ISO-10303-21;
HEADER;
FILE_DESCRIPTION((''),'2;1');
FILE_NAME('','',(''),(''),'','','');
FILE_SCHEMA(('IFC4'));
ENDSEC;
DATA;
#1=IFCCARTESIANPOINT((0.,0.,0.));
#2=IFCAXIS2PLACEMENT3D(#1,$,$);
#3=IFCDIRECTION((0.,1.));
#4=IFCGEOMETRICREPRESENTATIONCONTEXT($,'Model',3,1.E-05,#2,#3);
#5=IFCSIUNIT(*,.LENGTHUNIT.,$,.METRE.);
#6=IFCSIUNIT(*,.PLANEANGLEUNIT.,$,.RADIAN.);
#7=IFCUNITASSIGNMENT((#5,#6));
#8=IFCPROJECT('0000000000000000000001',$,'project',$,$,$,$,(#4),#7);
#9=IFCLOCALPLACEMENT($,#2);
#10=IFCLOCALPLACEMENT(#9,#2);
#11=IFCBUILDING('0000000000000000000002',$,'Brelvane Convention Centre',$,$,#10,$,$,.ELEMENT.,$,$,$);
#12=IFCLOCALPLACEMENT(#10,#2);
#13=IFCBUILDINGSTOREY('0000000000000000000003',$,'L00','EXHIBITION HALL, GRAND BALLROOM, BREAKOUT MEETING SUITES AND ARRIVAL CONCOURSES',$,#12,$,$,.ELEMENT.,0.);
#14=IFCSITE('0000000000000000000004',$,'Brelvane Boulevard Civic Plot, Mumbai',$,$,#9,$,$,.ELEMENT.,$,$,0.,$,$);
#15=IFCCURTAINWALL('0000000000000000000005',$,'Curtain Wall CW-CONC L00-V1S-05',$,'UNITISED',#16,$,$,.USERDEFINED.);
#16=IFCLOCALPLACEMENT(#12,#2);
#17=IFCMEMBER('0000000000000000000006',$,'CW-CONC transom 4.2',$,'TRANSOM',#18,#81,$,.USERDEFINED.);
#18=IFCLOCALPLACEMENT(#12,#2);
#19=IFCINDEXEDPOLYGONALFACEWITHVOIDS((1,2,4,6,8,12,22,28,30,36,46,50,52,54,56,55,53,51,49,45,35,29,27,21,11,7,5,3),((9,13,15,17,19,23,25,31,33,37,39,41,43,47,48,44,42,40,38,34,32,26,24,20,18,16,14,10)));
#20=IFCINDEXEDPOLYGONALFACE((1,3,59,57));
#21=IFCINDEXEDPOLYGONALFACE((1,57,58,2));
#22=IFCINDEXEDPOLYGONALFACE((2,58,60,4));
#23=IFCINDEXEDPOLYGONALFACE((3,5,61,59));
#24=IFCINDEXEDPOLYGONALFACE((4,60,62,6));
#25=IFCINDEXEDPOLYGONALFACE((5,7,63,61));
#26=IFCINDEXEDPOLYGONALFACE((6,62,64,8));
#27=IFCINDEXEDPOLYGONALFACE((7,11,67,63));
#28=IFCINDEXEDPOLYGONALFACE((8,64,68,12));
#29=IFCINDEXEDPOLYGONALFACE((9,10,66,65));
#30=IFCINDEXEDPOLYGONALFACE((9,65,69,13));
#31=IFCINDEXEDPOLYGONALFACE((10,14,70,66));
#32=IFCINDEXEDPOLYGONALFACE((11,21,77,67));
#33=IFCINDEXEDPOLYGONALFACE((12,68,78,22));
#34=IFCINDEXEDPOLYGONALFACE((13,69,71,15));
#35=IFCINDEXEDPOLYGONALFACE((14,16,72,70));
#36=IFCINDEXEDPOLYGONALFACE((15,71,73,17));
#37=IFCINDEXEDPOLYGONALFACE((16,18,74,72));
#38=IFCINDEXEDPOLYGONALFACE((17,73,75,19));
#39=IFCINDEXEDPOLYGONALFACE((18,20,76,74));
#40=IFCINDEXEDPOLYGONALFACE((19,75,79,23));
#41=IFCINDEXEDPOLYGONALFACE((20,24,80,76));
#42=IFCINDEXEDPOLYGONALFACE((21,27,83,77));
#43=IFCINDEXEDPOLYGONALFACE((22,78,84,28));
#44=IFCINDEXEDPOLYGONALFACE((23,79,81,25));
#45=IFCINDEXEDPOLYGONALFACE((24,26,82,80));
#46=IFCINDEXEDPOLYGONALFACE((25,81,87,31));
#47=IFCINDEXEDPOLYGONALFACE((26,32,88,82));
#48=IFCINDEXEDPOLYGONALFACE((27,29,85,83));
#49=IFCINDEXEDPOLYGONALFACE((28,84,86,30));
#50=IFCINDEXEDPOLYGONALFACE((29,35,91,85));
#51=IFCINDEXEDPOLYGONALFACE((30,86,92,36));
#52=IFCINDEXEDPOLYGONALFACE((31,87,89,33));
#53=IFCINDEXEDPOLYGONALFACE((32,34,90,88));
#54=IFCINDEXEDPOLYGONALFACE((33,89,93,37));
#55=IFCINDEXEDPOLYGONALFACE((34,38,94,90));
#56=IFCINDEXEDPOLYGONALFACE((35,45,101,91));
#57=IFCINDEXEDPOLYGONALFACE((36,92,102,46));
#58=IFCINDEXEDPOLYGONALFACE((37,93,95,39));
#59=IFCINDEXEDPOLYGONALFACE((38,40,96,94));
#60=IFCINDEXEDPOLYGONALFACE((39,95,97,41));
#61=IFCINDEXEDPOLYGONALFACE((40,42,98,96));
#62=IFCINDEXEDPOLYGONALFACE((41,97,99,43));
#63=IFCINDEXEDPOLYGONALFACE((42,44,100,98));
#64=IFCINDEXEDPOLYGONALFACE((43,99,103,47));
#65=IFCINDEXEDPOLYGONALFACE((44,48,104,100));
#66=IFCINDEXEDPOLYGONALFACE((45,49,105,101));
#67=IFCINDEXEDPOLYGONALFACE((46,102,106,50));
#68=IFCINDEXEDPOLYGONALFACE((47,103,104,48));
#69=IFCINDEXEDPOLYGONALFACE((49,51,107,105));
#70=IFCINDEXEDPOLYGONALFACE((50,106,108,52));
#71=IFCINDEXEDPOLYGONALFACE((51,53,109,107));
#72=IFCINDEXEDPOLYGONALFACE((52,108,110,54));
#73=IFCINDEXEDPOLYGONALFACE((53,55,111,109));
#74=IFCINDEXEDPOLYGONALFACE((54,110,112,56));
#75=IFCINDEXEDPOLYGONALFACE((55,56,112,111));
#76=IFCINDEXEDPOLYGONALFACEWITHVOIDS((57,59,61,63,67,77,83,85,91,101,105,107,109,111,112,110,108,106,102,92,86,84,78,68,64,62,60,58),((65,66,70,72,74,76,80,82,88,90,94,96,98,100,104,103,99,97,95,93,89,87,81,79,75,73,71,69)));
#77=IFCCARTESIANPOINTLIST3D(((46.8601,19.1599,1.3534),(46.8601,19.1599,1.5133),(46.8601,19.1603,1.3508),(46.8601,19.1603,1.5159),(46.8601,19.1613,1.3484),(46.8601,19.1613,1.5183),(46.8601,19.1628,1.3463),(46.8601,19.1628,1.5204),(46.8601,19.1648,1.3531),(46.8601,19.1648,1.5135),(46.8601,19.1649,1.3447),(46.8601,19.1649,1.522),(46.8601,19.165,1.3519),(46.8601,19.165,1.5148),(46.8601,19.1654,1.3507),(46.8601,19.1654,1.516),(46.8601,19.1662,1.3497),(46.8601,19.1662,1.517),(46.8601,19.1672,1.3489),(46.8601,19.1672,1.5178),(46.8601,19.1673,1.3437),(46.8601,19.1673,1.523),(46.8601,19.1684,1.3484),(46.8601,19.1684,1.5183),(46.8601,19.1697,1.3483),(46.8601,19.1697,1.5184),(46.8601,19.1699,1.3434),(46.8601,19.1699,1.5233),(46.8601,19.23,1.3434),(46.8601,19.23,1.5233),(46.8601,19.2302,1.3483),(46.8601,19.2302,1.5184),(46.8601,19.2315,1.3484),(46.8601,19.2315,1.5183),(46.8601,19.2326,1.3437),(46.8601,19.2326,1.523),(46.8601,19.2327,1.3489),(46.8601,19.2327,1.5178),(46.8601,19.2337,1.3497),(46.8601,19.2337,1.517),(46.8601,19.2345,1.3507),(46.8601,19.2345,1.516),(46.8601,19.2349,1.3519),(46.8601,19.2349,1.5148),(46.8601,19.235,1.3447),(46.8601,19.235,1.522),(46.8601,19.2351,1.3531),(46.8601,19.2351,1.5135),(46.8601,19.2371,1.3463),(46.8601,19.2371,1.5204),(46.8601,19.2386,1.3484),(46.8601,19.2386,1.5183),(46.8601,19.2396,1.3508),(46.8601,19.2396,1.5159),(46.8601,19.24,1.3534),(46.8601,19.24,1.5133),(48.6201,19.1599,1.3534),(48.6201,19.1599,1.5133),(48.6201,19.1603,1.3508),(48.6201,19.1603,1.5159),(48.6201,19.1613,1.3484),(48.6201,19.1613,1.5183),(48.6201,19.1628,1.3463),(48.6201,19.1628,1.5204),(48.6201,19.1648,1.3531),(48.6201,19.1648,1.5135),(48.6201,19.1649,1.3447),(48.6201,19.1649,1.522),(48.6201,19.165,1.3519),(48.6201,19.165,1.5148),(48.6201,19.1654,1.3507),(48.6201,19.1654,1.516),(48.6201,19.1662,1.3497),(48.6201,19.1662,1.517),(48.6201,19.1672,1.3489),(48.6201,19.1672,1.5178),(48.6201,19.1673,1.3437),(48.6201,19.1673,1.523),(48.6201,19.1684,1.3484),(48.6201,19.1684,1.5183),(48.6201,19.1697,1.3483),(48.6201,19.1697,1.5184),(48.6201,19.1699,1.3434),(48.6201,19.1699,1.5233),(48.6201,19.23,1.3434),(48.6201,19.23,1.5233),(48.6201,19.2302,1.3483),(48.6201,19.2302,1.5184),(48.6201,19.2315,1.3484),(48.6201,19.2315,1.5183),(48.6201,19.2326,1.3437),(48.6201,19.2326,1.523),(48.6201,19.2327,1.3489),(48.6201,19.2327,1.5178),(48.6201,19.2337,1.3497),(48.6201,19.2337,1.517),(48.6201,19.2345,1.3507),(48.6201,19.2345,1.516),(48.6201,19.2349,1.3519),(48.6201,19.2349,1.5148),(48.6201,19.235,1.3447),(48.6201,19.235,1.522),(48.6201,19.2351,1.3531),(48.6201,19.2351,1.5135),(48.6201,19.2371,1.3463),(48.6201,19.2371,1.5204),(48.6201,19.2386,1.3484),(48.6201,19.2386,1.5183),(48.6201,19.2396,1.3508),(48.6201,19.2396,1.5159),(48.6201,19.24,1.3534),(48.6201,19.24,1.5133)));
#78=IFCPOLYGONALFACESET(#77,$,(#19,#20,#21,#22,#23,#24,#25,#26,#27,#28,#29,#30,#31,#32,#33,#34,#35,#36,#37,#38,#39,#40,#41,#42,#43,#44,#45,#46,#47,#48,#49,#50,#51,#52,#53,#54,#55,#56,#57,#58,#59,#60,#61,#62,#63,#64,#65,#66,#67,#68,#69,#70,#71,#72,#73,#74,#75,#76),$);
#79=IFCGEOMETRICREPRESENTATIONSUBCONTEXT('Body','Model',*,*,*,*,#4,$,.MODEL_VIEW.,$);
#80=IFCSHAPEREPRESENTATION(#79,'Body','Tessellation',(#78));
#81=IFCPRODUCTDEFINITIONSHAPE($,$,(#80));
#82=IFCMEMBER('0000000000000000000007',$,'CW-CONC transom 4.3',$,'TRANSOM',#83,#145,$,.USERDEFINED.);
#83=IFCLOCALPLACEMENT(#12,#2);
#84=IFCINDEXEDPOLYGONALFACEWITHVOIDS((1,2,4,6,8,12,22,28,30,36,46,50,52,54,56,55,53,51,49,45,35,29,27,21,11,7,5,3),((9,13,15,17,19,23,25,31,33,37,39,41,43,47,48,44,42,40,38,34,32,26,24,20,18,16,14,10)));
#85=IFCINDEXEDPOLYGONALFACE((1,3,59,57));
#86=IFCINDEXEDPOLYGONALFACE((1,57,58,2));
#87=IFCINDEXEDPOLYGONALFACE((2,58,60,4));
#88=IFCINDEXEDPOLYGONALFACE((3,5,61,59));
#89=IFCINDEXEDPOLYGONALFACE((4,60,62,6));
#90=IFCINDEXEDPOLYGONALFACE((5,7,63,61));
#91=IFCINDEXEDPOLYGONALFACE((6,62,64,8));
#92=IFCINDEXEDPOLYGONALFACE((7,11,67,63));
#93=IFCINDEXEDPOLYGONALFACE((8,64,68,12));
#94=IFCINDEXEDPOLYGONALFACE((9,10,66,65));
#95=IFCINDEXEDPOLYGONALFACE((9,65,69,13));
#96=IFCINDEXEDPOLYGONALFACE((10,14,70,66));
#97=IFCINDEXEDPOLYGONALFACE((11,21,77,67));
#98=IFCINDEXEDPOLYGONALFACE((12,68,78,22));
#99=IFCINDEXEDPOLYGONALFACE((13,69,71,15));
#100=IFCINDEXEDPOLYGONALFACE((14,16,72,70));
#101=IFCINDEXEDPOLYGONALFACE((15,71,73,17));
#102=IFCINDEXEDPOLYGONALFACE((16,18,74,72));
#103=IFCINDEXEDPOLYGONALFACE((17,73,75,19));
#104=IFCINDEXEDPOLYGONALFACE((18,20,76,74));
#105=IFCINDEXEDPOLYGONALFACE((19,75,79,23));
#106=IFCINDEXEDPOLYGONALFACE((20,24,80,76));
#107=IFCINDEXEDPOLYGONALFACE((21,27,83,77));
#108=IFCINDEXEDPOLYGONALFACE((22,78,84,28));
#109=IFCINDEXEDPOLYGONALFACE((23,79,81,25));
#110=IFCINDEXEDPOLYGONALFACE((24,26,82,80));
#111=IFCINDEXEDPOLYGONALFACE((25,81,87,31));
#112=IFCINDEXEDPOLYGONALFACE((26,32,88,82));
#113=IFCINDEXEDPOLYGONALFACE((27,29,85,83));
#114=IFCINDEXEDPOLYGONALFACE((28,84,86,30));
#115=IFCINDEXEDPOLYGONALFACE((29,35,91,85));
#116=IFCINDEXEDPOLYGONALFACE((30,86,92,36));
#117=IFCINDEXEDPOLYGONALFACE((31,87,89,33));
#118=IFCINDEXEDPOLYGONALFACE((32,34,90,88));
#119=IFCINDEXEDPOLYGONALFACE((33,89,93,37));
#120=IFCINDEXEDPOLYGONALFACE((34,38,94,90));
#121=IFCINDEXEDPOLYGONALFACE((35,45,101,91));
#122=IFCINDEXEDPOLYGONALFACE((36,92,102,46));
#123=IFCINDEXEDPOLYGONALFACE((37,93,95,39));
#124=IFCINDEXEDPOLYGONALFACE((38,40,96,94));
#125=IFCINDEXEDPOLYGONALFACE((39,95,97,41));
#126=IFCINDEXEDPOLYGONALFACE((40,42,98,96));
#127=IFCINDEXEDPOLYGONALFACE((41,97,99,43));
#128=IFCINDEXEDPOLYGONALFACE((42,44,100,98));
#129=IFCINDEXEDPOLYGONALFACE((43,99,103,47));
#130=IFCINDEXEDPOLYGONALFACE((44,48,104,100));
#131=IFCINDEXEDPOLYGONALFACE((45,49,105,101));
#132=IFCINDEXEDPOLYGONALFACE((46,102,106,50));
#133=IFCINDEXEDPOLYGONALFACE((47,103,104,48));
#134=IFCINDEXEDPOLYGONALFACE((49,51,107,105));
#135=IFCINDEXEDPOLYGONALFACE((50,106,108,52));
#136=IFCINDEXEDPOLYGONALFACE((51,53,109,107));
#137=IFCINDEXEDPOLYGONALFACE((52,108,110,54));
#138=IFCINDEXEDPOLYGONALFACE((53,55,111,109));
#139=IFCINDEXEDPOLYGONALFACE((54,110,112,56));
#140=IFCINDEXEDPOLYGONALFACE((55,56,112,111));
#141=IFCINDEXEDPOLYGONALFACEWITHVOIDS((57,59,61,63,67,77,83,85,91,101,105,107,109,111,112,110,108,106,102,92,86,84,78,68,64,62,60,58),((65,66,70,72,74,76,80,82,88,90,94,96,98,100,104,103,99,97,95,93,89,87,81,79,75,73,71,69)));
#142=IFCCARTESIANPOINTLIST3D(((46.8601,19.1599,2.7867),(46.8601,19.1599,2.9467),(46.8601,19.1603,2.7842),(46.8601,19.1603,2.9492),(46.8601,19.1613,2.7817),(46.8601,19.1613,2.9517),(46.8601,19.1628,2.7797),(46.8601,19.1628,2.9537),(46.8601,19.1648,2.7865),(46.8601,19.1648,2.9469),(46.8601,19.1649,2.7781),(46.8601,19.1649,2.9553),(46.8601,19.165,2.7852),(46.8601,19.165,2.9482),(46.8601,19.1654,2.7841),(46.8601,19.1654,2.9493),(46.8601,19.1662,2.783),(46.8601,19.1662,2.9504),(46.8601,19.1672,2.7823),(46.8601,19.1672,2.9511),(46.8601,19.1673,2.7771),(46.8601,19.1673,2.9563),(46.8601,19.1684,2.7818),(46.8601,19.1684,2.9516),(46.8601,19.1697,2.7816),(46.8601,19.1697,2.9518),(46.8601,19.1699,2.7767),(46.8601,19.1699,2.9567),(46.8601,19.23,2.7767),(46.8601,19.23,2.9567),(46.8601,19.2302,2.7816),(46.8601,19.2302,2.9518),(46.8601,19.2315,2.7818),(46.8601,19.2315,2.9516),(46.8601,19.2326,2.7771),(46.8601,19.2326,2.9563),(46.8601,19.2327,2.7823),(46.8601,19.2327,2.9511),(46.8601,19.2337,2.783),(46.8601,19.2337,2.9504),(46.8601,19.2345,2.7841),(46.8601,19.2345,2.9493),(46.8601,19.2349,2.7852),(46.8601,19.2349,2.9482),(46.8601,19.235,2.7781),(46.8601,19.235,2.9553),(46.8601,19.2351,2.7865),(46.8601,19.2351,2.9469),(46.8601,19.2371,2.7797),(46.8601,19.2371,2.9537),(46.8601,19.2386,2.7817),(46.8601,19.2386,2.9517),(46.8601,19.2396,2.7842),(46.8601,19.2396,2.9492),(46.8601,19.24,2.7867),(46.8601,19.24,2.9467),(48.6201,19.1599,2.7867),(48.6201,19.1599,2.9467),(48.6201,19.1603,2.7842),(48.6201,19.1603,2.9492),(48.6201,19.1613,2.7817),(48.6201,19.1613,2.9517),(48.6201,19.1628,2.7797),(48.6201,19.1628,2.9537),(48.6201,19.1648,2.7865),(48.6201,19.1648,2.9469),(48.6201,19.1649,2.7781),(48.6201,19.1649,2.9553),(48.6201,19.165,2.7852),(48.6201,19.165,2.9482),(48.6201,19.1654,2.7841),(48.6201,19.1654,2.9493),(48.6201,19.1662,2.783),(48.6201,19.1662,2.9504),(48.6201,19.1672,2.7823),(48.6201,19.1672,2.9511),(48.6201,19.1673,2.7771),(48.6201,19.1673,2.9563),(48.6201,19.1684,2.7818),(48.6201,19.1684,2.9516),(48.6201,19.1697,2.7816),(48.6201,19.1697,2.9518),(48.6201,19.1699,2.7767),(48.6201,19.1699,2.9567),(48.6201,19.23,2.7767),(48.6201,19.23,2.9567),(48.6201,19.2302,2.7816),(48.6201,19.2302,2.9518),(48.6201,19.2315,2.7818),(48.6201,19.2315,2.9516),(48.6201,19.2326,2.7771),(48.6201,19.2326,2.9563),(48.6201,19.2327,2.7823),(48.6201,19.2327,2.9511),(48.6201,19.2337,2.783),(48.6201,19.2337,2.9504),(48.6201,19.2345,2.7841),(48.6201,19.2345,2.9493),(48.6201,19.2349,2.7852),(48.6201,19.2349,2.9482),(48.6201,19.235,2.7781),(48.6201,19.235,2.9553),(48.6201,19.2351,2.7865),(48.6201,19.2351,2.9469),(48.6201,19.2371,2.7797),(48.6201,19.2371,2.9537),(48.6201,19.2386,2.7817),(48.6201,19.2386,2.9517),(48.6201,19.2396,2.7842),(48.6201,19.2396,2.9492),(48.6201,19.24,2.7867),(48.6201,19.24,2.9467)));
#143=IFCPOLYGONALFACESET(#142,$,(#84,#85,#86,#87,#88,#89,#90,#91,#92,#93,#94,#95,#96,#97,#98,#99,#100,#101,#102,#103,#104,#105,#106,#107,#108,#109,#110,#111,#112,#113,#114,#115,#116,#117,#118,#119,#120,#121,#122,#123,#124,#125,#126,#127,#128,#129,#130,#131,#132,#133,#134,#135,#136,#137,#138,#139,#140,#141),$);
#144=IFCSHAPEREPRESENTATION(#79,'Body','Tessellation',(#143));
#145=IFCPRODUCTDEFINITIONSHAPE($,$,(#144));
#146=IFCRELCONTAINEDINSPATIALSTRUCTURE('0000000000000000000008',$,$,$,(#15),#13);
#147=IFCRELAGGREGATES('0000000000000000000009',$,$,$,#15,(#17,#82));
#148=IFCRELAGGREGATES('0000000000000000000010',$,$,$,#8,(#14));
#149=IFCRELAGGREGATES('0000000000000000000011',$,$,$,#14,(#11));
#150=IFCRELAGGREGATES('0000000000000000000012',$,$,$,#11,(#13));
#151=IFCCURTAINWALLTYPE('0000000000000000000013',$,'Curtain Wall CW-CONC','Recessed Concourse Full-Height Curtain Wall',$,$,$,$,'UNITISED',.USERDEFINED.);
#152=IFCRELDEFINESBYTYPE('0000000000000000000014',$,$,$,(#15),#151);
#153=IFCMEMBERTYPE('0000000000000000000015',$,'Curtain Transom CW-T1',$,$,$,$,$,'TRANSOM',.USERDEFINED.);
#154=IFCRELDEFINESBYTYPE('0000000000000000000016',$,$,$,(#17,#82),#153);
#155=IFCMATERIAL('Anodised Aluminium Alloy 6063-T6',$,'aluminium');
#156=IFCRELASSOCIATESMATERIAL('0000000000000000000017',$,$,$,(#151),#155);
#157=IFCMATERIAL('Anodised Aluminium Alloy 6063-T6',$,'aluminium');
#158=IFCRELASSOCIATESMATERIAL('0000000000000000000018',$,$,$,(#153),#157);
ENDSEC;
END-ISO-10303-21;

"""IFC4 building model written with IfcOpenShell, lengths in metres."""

from ifc_helpers import new_model, si_unit, direction, frame, origin, origin_2d, place, context, subcontext, project, spatial, hollow_rectangle, extrude, material, material_profile, profile_set, type_object, element, aggregate, save


model = new_model("IFC4")

# Units and contexts
model_context = context("Model", 3, precision=1e-05, world=origin(), true_north=direction((0.0, 1.0)))
body_context = subcontext(model_context, "Body", "Model", "MODEL_VIEW")
ifc_project = project(units=[si_unit("LENGTHUNIT", "METRE"), si_unit("PLANEANGLEUNIT", "RADIAN")], contexts=[model_context])

# Site, building, storey
site_placement = place(None, origin())
site = spatial("IfcSite", under=ifc_project, at=site_placement, Name="Brelvane Boulevard Civic Plot, Mumbai", CompositionType="ELEMENT", RefElevation=0.0)
building_placement = place(site_placement, origin())
building = spatial("IfcBuilding", under=site, at=building_placement, Name="Brelvane Convention Centre", CompositionType="ELEMENT")
storey_placement = place(building_placement, origin())
storey = spatial("IfcBuildingStorey", under=building, at=storey_placement, Name="L00", Description="EXHIBITION HALL, GRAND BALLROOM, BREAKOUT MEETING SUITES AND ARRIVAL CONCOURSES", CompositionType="ELEMENT", Elevation=0.0)

# Curtain wall, members
ifc_material_1 = material(Name="Anodised Aluminium Alloy 6063-T6", Category="aluminium")
curtain_wall_type = type_object("IfcCurtainWallType", Name="Curtain Wall CW-CONC", Description="Recessed Concourse Full-Height Curtain Wall", ElementType="UNITISED", PredefinedType="USERDEFINED", material=ifc_material_1)
curtain_wall_placement = place(storey_placement, origin())
curtain_wall = element("IfcCurtainWall", 1, at=curtain_wall_placement, inside=storey, type_object=curtain_wall_type, Name="Curtain Wall CW-CONC L00-V1S-05", ObjectType="UNITISED", PredefinedType="USERDEFINED")
ifc_material_2 = material(Name="Anodised Aluminium Alloy 6063-T6", Category="aluminium")
ifc_material_profile_1 = material_profile(ifc_material_2, hollow_rectangle(XDim=0.0801, YDim=0.1799, WallThickness=0.0049, InnerFilletRadius=0.0049, OuterFilletRadius=0.01, at=origin_2d()), Name="ALU-T 180x80x5.0")
ifc_profile_set_1 = profile_set([ifc_material_profile_1], Name="Anodised Aluminium Alloy 6063-T6")
member_type_1 = type_object("IfcMemberType", Name="Curtain Transom CW-T1", ElementType="TRANSOM", PredefinedType="USERDEFINED", material=ifc_profile_set_1)
member_1_placement = place(storey_placement, frame((46.8601, 19.2, 1.4333), z_axis=(1.0, 0.0, 0.0), x_axis=(0.0, 1.0, 0.0)))
member_1 = element("IfcMember", 2, at=member_1_placement, type_object=member_type_1, Name="CW-CONC transom 4.2", ObjectType="TRANSOM", PredefinedType="USERDEFINED", context=body_context, shape_type="SweptSolid", body=[
    extrude(hollow_rectangle(XDim=0.0801, YDim=0.1799, WallThickness=0.0049, InnerFilletRadius=0.0049, OuterFilletRadius=0.01, at=origin_2d()), origin(), (0.0, 0.0, 1.0), 1.76),
])
member_2_placement = place(storey_placement, frame((46.8601, 19.2, 2.8667), z_axis=(1.0, 0.0, 0.0), x_axis=(0.0, 1.0, 0.0)))
member_2 = element("IfcMember", 3, at=member_2_placement, type_object=member_type_1, Name="CW-CONC transom 4.3", ObjectType="TRANSOM", PredefinedType="USERDEFINED", context=body_context, shape_type="SweptSolid", body=[
    extrude(hollow_rectangle(XDim=0.0801, YDim=0.1799, WallThickness=0.0049, InnerFilletRadius=0.0049, OuterFilletRadius=0.01, at=origin_2d()), origin(), (0.0, 0.0, 1.0), 1.76),
])
aggregate(curtain_wall, [member_1, member_2])

save(model, "model.ifc")
